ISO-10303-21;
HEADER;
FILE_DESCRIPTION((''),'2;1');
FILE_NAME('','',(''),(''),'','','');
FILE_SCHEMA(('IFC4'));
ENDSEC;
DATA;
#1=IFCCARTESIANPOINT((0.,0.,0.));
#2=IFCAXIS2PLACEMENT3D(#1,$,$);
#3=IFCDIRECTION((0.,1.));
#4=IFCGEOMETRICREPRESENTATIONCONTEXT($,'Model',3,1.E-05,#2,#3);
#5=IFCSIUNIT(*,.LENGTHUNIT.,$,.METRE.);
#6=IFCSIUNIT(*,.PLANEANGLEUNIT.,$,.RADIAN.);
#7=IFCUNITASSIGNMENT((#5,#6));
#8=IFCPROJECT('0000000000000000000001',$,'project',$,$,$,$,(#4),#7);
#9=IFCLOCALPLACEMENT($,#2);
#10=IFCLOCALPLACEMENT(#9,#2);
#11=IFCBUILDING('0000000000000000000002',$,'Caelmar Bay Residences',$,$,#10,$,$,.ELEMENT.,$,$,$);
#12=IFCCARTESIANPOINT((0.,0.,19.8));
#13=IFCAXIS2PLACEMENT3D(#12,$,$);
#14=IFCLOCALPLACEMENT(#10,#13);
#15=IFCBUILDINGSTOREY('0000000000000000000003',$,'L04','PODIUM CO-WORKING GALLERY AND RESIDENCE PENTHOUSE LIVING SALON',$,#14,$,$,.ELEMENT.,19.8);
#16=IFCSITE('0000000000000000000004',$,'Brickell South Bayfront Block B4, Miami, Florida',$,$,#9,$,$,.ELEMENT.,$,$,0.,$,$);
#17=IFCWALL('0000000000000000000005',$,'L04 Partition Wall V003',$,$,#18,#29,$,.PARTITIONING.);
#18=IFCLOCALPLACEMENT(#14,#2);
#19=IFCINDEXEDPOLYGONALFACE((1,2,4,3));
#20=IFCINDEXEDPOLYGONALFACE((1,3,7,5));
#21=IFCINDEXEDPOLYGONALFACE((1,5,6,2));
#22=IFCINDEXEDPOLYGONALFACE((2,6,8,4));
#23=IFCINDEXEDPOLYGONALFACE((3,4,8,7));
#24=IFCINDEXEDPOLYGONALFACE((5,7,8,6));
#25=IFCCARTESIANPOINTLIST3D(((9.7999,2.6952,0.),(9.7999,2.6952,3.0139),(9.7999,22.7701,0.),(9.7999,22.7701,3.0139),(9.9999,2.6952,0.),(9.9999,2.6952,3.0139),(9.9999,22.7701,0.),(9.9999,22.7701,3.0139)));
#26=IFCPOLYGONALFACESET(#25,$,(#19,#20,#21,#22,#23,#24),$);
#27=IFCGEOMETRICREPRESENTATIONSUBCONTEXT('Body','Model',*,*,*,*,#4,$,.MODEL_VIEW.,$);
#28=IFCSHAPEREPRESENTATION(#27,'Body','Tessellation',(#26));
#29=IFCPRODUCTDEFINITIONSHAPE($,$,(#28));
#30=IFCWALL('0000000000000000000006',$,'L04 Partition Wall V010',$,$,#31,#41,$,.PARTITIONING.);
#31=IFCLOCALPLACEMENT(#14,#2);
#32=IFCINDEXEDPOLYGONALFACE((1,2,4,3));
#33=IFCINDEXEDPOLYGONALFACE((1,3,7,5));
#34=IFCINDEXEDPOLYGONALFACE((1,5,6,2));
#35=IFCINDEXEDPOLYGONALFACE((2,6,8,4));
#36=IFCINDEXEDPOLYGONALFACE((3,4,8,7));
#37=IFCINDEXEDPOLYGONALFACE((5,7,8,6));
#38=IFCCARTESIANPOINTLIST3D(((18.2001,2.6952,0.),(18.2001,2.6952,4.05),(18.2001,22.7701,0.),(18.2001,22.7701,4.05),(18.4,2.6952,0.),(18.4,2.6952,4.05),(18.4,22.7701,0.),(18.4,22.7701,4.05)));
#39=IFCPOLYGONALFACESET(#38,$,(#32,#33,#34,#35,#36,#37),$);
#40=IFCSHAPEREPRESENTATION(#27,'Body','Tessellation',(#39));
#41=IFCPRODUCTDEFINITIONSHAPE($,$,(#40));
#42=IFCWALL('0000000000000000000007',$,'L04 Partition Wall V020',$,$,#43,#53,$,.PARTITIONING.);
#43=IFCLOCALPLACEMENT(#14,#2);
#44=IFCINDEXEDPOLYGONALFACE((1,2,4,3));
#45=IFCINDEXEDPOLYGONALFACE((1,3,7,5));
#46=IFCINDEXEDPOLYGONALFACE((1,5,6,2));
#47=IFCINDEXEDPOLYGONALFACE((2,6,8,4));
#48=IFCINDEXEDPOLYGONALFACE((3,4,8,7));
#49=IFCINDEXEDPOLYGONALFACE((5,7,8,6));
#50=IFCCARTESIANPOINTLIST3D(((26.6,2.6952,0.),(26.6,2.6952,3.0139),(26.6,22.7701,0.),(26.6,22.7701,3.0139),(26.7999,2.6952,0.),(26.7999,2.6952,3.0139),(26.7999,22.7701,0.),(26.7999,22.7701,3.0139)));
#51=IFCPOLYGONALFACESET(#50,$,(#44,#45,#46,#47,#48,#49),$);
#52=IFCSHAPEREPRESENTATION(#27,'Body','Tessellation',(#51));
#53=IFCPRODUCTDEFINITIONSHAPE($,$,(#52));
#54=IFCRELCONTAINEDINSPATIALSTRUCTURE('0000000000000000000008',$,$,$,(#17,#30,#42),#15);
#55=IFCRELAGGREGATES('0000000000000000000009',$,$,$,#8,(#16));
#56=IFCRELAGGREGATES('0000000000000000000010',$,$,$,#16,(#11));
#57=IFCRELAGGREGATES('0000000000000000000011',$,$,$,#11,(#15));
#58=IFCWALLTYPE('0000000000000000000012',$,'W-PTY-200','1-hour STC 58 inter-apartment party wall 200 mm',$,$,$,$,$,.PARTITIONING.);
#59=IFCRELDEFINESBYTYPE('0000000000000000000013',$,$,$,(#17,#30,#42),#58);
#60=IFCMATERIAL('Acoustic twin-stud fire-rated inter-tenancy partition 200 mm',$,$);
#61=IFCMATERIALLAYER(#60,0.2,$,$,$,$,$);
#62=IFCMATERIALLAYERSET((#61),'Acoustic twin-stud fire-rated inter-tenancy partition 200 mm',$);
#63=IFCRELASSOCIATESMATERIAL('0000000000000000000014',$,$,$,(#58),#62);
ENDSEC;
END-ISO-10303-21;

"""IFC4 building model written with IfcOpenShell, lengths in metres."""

from ifc_helpers import new_model, si_unit, direction, frame, frame_2d, origin, place, context, subcontext, project, spatial, rectangle, extrude, material, layer, layer_set, type_object, element, save


model = new_model("IFC4")

# Units and contexts
model_context = context("Model", 3, precision=1e-05, world=origin(), true_north=direction((0.0, 1.0)))
body_context = subcontext(model_context, "Body", "Model", "MODEL_VIEW")
ifc_project = project(units=[si_unit("LENGTHUNIT", "METRE"), si_unit("PLANEANGLEUNIT", "RADIAN")], contexts=[model_context])

# Site, building, storey
site_placement = place(None, origin())
site = spatial("IfcSite", under=ifc_project, at=site_placement, Name="Brickell South Bayfront Block B4, Miami, Florida", CompositionType="ELEMENT", RefElevation=0.0)
building_placement = place(site_placement, origin())
building = spatial("IfcBuilding", under=site, at=building_placement, Name="Caelmar Bay Residences", CompositionType="ELEMENT")
storey_placement = place(building_placement, frame((0.0, 0.0, 19.8)))
storey = spatial("IfcBuildingStorey", under=building, at=storey_placement, Name="L04", Description="PODIUM CO-WORKING GALLERY AND RESIDENCE PENTHOUSE LIVING SALON", CompositionType="ELEMENT", Elevation=19.8)

# Walls
ifc_material_1 = material(Name="Acoustic twin-stud fire-rated inter-tenancy partition 200 mm")
ifc_layer_1 = layer(ifc_material_1, 0.2)
ifc_layer_set_1 = layer_set([ifc_layer_1], Name="Acoustic twin-stud fire-rated inter-tenancy partition 200 mm")
wall_type_1 = type_object("IfcWallType", Name="W-PTY-200", Description="1-hour STC 58 inter-apartment party wall 200 mm", PredefinedType="PARTITIONING", material=ifc_layer_set_1)
wall_1_placement = place(storey_placement, frame((9.8999, 2.6951, 0.0), z_axis=(0.0, 0.0, 1.0), x_axis=(0.0, 1.0, 0.0)))
element("IfcWall", 1, at=wall_1_placement, inside=storey, type_object=wall_type_1, Name="L04 Partition Wall V003", PredefinedType="PARTITIONING", context=body_context, shape_type="SweptSolid", body=[
    extrude(rectangle(XDim=20.075, YDim=0.2, at=frame_2d((10.0376, 0.0))), origin(), (0.0, 0.0, 1.0), 3.0139),
])
wall_2_placement = place(storey_placement, frame((18.3, 2.6951, 0.0), z_axis=(0.0, 0.0, 1.0), x_axis=(0.0, 1.0, 0.0)))
element("IfcWall", 2, at=wall_2_placement, inside=storey, type_object=wall_type_1, Name="L04 Partition Wall V010", PredefinedType="PARTITIONING", context=body_context, shape_type="SweptSolid", body=[
    extrude(rectangle(XDim=20.075, YDim=0.2, at=frame_2d((10.0376, 0.0))), origin(), (0.0, 0.0, 1.0), 4.05),
])
wall_3_placement = place(storey_placement, frame((26.7, 2.6951, 0.0), z_axis=(0.0, 0.0, 1.0), x_axis=(0.0, 1.0, 0.0)))
element("IfcWall", 3, at=wall_3_placement, inside=storey, type_object=wall_type_1, Name="L04 Partition Wall V020", PredefinedType="PARTITIONING", context=body_context, shape_type="SweptSolid", body=[
    extrude(rectangle(XDim=20.075, YDim=0.2, at=frame_2d((10.0376, 0.0))), origin(), (0.0, 0.0, 1.0), 3.0139),
])

save(model, "model.ifc")
